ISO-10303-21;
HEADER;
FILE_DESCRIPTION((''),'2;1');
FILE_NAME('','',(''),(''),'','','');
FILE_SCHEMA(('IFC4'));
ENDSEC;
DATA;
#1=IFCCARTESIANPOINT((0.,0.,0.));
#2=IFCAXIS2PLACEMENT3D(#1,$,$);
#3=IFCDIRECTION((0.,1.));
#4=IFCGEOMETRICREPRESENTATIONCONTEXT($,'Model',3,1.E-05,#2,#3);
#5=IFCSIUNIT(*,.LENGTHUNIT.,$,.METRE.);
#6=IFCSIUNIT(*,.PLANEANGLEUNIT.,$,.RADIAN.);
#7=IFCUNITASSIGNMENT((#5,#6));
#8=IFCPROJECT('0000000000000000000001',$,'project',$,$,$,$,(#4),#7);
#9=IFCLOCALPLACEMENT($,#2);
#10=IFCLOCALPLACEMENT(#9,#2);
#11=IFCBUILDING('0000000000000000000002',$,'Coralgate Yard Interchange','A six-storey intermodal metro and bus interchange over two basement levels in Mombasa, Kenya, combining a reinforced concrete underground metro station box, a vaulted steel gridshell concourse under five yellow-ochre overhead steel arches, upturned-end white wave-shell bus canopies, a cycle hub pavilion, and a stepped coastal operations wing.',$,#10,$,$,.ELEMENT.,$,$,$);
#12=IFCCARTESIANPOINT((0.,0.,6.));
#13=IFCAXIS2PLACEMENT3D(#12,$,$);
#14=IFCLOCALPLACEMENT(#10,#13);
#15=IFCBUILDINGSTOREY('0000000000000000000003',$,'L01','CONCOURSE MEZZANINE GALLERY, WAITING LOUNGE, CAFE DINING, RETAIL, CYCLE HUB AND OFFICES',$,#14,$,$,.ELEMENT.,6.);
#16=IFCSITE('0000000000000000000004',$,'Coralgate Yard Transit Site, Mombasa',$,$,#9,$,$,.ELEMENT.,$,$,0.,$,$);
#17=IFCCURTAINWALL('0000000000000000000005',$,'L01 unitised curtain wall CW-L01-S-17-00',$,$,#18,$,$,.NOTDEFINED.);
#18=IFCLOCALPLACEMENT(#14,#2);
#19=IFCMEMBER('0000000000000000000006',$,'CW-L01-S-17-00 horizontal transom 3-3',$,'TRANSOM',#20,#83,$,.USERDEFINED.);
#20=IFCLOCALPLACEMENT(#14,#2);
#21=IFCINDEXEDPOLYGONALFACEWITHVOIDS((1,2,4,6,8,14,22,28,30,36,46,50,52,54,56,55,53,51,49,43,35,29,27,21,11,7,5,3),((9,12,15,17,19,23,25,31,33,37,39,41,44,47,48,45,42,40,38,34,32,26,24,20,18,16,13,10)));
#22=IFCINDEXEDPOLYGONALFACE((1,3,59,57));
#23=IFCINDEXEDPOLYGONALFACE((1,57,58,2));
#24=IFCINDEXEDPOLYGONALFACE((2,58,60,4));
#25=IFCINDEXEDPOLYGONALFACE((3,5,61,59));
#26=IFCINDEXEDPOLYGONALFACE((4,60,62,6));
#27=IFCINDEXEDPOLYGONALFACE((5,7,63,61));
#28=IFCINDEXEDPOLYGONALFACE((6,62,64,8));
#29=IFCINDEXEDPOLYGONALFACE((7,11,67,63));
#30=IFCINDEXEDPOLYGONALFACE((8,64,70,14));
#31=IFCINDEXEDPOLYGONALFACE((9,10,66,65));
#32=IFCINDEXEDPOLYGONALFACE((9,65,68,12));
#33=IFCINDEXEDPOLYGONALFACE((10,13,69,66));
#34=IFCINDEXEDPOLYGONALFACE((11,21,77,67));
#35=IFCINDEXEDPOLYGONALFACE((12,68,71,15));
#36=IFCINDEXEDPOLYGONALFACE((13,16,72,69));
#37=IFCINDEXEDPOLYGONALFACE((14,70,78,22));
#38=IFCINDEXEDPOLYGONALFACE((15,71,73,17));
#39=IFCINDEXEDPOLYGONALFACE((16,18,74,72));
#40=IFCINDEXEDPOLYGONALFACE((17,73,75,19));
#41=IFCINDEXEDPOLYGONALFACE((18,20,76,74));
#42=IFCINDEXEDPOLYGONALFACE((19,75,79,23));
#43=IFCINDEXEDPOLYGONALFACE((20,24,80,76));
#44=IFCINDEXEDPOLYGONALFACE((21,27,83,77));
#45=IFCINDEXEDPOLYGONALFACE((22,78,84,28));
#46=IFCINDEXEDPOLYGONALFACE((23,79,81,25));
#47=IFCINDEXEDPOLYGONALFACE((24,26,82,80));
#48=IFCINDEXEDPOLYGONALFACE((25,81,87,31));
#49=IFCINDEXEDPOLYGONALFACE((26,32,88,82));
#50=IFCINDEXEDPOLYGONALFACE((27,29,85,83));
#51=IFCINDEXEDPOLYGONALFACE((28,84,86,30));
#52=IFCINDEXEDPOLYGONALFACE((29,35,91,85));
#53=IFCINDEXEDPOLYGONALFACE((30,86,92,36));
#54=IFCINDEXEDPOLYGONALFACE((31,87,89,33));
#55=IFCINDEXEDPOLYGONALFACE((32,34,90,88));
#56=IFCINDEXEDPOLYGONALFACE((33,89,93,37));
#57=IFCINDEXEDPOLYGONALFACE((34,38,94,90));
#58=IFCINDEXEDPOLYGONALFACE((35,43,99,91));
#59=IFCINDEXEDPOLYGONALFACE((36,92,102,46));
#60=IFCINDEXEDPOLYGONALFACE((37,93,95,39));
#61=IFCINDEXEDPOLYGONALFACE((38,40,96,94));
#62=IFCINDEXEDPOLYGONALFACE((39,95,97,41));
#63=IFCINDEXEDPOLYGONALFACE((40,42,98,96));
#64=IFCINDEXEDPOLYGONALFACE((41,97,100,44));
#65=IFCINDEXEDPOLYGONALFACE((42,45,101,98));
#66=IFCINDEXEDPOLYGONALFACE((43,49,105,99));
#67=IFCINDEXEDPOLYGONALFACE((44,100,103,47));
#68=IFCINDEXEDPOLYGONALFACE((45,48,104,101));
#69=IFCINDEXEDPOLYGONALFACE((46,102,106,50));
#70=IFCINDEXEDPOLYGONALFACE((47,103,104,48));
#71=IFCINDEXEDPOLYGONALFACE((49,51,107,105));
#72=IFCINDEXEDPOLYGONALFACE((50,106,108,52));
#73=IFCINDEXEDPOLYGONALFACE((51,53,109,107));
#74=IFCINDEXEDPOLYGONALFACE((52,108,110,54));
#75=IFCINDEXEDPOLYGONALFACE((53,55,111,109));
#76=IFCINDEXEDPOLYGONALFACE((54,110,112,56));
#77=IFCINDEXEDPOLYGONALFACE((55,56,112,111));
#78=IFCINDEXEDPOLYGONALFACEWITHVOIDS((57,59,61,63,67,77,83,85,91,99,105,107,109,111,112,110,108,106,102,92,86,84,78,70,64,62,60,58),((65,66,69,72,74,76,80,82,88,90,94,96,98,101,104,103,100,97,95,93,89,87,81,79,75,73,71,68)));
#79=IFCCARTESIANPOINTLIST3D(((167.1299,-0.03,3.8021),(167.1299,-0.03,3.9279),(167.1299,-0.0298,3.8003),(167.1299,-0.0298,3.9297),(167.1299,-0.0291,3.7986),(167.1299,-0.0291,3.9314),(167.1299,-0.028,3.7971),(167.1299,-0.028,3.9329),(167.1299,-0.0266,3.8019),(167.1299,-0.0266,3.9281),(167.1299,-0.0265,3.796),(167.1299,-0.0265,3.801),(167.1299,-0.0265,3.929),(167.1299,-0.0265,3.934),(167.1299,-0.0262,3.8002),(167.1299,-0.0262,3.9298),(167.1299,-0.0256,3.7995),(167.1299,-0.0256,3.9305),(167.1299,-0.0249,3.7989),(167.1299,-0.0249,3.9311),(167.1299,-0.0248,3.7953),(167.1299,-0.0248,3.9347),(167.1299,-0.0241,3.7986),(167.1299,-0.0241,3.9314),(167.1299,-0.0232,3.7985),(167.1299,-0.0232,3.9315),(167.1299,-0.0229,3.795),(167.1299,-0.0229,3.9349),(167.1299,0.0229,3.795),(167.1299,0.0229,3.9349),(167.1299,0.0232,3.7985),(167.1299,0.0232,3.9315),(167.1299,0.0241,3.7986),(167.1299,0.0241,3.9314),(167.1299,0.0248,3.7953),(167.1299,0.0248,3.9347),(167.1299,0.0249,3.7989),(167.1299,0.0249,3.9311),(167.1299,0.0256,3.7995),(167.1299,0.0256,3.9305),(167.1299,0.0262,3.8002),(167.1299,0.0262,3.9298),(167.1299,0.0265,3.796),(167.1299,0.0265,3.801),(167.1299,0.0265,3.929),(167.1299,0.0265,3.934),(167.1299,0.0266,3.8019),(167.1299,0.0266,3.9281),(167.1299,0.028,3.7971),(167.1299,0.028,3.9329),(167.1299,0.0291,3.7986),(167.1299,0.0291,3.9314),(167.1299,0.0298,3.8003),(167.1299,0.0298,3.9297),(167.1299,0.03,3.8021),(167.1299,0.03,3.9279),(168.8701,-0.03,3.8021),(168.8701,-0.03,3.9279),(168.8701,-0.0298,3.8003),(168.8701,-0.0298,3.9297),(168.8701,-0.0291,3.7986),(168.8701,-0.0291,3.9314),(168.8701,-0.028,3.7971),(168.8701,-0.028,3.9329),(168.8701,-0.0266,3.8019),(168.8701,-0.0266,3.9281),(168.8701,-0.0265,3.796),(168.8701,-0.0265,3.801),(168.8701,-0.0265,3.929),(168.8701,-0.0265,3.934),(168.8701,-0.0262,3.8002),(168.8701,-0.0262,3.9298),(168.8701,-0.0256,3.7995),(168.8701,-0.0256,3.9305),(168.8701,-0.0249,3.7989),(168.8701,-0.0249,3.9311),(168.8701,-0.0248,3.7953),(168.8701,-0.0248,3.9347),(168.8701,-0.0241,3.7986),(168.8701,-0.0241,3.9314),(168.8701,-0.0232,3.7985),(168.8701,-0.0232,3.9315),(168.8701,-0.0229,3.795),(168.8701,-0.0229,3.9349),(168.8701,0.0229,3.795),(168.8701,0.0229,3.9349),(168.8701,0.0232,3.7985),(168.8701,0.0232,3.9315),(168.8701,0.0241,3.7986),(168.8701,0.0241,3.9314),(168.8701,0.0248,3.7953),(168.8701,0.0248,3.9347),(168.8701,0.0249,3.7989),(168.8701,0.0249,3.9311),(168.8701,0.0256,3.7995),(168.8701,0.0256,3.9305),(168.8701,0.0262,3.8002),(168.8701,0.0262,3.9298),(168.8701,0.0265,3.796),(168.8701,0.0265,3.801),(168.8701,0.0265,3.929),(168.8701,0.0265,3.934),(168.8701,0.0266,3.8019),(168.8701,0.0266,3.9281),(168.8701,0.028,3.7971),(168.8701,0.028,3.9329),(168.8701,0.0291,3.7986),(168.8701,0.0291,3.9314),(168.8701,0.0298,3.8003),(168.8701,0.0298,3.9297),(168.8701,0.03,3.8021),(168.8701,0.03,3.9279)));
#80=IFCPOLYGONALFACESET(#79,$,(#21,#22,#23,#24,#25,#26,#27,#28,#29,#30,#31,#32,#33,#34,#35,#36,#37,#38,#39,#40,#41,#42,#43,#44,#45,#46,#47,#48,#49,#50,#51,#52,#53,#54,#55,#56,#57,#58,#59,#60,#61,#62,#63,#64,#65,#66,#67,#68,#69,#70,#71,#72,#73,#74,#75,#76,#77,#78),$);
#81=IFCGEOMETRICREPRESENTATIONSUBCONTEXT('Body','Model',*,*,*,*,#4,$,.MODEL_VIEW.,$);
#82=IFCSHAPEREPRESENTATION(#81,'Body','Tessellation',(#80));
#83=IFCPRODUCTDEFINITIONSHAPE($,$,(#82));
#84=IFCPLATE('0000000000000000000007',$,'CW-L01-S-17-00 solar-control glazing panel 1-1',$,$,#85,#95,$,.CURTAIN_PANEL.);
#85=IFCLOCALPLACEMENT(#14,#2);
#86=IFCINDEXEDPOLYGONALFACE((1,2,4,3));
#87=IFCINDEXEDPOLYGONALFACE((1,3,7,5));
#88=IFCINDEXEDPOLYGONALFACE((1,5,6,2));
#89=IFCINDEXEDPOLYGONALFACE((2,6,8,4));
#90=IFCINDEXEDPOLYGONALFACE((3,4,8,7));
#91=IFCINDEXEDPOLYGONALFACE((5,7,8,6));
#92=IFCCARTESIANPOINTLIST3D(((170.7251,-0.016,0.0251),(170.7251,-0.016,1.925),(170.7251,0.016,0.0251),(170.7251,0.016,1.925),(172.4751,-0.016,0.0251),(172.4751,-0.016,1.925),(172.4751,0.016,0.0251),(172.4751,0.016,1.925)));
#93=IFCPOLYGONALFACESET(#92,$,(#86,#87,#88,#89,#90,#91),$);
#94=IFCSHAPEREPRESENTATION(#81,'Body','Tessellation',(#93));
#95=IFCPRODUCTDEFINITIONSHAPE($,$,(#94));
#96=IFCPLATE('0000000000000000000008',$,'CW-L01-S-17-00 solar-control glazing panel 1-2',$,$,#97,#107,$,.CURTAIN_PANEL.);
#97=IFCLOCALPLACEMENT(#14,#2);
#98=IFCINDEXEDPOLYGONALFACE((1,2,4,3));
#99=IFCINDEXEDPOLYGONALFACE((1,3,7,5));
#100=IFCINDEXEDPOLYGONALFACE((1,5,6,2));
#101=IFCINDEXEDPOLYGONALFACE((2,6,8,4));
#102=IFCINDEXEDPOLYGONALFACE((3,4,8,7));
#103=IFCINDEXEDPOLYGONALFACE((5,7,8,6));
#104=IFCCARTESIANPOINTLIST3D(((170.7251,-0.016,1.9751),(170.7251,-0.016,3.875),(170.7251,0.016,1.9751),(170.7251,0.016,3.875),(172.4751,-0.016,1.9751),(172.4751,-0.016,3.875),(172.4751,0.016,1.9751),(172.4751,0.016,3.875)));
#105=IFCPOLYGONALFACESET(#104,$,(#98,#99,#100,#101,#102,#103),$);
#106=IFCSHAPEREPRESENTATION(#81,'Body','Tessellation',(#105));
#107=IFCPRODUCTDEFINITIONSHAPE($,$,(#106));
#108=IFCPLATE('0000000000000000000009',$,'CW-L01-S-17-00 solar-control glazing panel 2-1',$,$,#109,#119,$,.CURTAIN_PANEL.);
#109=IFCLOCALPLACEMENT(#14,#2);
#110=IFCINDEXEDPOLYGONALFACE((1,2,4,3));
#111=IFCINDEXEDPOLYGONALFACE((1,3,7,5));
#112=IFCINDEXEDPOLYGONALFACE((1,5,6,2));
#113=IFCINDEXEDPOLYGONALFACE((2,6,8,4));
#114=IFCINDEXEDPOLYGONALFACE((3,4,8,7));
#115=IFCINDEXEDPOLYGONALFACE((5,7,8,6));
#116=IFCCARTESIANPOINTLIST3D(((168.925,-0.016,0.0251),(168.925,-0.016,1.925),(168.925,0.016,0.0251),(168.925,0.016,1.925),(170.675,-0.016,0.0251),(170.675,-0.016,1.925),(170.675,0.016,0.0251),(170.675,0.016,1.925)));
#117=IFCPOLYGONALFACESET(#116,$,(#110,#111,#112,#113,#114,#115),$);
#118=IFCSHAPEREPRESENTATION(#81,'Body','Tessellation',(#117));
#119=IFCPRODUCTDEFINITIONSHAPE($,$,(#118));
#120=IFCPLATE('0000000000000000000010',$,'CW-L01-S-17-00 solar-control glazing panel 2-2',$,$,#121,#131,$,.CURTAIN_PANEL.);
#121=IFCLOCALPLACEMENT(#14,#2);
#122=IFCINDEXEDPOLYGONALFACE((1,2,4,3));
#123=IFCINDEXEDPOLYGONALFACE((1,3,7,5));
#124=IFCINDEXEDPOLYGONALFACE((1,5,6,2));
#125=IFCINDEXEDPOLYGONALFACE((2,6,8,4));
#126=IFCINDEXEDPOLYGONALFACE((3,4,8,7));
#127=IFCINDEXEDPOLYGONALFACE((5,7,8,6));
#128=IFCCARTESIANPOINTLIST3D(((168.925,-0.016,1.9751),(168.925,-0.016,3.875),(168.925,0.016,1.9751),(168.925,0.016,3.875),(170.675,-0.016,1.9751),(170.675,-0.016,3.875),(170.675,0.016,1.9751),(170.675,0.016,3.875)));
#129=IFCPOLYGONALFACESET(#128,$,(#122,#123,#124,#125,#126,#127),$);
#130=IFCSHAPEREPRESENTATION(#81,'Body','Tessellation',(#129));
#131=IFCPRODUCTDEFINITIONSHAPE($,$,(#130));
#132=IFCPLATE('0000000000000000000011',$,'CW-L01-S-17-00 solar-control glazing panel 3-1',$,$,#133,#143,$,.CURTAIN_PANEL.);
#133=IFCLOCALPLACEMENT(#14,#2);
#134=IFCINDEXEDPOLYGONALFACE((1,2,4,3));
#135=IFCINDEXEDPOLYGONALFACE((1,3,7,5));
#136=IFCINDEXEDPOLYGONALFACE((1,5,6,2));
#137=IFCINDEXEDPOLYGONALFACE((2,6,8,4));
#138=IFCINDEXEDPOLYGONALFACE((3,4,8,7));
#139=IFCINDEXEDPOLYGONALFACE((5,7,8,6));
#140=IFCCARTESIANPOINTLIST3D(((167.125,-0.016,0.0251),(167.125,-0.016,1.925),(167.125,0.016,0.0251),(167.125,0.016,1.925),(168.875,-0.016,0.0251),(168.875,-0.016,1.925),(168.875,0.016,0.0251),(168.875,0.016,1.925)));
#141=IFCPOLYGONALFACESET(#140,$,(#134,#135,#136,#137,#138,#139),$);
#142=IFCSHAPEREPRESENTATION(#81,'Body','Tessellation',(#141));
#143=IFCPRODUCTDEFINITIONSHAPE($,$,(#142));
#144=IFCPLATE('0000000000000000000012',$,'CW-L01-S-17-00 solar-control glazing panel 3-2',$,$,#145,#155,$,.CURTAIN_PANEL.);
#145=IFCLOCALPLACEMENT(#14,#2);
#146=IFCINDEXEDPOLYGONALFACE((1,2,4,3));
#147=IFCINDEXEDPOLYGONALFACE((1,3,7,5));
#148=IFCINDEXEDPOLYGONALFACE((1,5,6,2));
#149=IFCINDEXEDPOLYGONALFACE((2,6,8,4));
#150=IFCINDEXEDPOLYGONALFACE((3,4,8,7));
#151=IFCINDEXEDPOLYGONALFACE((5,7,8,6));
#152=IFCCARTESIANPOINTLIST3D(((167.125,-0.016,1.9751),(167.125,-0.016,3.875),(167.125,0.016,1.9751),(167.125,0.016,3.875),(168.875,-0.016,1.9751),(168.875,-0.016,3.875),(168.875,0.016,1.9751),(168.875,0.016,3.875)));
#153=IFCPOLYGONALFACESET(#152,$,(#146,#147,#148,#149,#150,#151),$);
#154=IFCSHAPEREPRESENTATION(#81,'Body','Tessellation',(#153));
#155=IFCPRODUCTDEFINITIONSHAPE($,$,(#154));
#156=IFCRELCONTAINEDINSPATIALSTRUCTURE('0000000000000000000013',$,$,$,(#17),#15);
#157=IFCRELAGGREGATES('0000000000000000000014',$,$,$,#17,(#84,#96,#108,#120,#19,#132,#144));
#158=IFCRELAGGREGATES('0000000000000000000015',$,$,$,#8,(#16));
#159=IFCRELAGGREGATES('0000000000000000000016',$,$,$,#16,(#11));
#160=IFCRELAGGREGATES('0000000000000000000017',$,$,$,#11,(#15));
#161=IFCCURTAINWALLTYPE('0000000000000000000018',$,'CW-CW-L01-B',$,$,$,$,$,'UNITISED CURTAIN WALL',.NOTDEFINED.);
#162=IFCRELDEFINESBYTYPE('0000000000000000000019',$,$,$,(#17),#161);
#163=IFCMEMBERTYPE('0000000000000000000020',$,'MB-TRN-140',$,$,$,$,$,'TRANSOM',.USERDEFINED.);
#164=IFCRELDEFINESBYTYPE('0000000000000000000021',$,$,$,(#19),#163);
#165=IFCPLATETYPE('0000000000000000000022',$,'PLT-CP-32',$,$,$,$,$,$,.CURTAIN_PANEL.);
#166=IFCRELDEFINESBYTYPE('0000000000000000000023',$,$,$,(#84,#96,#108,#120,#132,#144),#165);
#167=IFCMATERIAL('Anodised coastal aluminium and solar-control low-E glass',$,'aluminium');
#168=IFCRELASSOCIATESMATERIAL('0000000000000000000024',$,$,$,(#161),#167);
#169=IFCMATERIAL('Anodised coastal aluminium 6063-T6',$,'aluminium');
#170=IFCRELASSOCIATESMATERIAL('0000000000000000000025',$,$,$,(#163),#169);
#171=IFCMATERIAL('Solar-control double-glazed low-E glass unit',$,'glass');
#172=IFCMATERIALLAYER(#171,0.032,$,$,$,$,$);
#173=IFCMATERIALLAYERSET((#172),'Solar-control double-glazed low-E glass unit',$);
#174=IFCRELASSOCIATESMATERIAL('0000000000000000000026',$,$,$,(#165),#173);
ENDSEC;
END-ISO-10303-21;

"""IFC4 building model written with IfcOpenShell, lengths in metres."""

from ifc_helpers import new_model, si_unit, direction, frame, origin, origin_2d, place, context, subcontext, project, spatial, rectangle, hollow_rectangle, extrude, material, layer, layer_set, material_profile, profile_set, type_object, element, aggregate, save


model = new_model("IFC4")

# Units and contexts
model_context = context("Model", 3, precision=1e-05, world=origin(), true_north=direction((0.0, 1.0)))
body_context = subcontext(model_context, "Body", "Model", "MODEL_VIEW")
ifc_project = project(units=[si_unit("LENGTHUNIT", "METRE"), si_unit("PLANEANGLEUNIT", "RADIAN")], contexts=[model_context])

# Site, building, storey
site_placement = place(None, origin())
site = spatial("IfcSite", under=ifc_project, at=site_placement, Name="Coralgate Yard Transit Site, Mombasa", CompositionType="ELEMENT", RefElevation=0.0)
building_placement = place(site_placement, origin())
building = spatial("IfcBuilding", under=site, at=building_placement, Name="Coralgate Yard Interchange", Description="A six-storey intermodal metro and bus interchange over two basement levels in Mombasa, Kenya, combining a reinforced concrete underground metro station box, a vaulted steel gridshell concourse under five yellow-ochre overhead steel arches, upturned-end white wave-shell bus canopies, a cycle hub pavilion, and a stepped coastal operations wing.", CompositionType="ELEMENT")
storey_placement = place(building_placement, frame((0.0, 0.0, 6.0)))
storey = spatial("IfcBuildingStorey", under=building, at=storey_placement, Name="L01", Description="CONCOURSE MEZZANINE GALLERY, WAITING LOUNGE, CAFE DINING, RETAIL, CYCLE HUB AND OFFICES", CompositionType="ELEMENT", Elevation=6.0)

# Curtain wall, member, plates
ifc_material_1 = material(Name="Anodised coastal aluminium and solar-control low-E glass", Category="aluminium")
curtain_wall_type = type_object("IfcCurtainWallType", Name="CW-CW-L01-B", ElementType="UNITISED CURTAIN WALL", PredefinedType="NOTDEFINED", material=ifc_material_1)
curtain_wall_placement = place(storey_placement, origin())
curtain_wall = element("IfcCurtainWall", 1, at=curtain_wall_placement, inside=storey, type_object=curtain_wall_type, Name="L01 unitised curtain wall CW-L01-S-17-00", PredefinedType="NOTDEFINED")
ifc_material_2 = material(Name="Anodised coastal aluminium 6063-T6", Category="aluminium")
ifc_material_profile_1 = material_profile(ifc_material_2, hollow_rectangle(XDim=0.0601, YDim=0.1399, WallThickness=0.0034, InnerFilletRadius=0.0034, OuterFilletRadius=0.0071, at=origin_2d()), Name="ALU 60x140x3.5")
ifc_profile_set_1 = profile_set([ifc_material_profile_1], Name="Anodised coastal aluminium 6063-T6")
member_type_1 = type_object("IfcMemberType", Name="MB-TRN-140", ElementType="TRANSOM", PredefinedType="USERDEFINED", material=ifc_profile_set_1)
member_1_placement = place(storey_placement, frame((168.8701, 0.0, 3.865), z_axis=(-1.0, 0.0, 0.0), x_axis=(0.0, -1.0, 0.0)))
member_1 = element("IfcMember", 2, at=member_1_placement, type_object=member_type_1, Name="CW-L01-S-17-00 horizontal transom 3-3", ObjectType="TRANSOM", PredefinedType="USERDEFINED", context=body_context, shape_type="SweptSolid", body=[
    extrude(hollow_rectangle(XDim=0.0601, YDim=0.1399, WallThickness=0.0034, InnerFilletRadius=0.0034, OuterFilletRadius=0.0071, at=origin_2d()), origin(), (0.0, 0.0, 1.0), 1.7402),
])
ifc_material_3 = material(Name="Solar-control double-glazed low-E glass unit", Category="glass")
ifc_layer = layer(ifc_material_3, 0.032)
ifc_layer_set = layer_set([ifc_layer], Name="Solar-control double-glazed low-E glass unit")
plate_type = type_object("IfcPlateType", Name="PLT-CP-32", PredefinedType="CURTAIN_PANEL", material=ifc_layer_set)
plate_1_placement = place(storey_placement, frame((171.6001, 0.0, 0.0251), z_axis=(0.0, 0.0, 1.0), x_axis=(-1.0, 0.0, 0.0)))
plate_1 = element("IfcPlate", 3, at=plate_1_placement, type_object=plate_type, Name="CW-L01-S-17-00 solar-control glazing panel 1-1", PredefinedType="CURTAIN_PANEL", context=body_context, shape_type="SweptSolid", body=[
    extrude(rectangle(XDim=1.75, YDim=0.032, at=origin_2d()), origin(), (0.0, 0.0, 1.0), 1.8999),
])
plate_2_placement = place(storey_placement, frame((171.6001, 0.0, 1.9751), z_axis=(0.0, 0.0, 1.0), x_axis=(-1.0, 0.0, 0.0)))
plate_2 = element("IfcPlate", 4, at=plate_2_placement, type_object=plate_type, Name="CW-L01-S-17-00 solar-control glazing panel 1-2", PredefinedType="CURTAIN_PANEL", context=body_context, shape_type="SweptSolid", body=[
    extrude(rectangle(XDim=1.75, YDim=0.032, at=origin_2d()), origin(), (0.0, 0.0, 1.0), 1.8999),
])
plate_3_placement = place(storey_placement, frame((169.8, 0.0, 0.0251), z_axis=(0.0, 0.0, 1.0), x_axis=(-1.0, 0.0, 0.0)))
plate_3 = element("IfcPlate", 5, at=plate_3_placement, type_object=plate_type, Name="CW-L01-S-17-00 solar-control glazing panel 2-1", PredefinedType="CURTAIN_PANEL", context=body_context, shape_type="SweptSolid", body=[
    extrude(rectangle(XDim=1.75, YDim=0.032, at=origin_2d()), origin(), (0.0, 0.0, 1.0), 1.8999),
])
plate_4_placement = place(storey_placement, frame((169.8, 0.0, 1.9751), z_axis=(0.0, 0.0, 1.0), x_axis=(-1.0, 0.0, 0.0)))
plate_4 = element("IfcPlate", 6, at=plate_4_placement, type_object=plate_type, Name="CW-L01-S-17-00 solar-control glazing panel 2-2", PredefinedType="CURTAIN_PANEL", context=body_context, shape_type="SweptSolid", body=[
    extrude(rectangle(XDim=1.75, YDim=0.032, at=origin_2d()), origin(), (0.0, 0.0, 1.0), 1.8999),
])
plate_5_placement = place(storey_placement, frame((168.0, 0.0, 0.0251), z_axis=(0.0, 0.0, 1.0), x_axis=(-1.0, 0.0, 0.0)))
plate_5 = element("IfcPlate", 7, at=plate_5_placement, type_object=plate_type, Name="CW-L01-S-17-00 solar-control glazing panel 3-1", PredefinedType="CURTAIN_PANEL", context=body_context, shape_type="SweptSolid", body=[
    extrude(rectangle(XDim=1.75, YDim=0.032, at=origin_2d()), origin(), (0.0, 0.0, 1.0), 1.8999),
])
plate_6_placement = place(storey_placement, frame((168.0, 0.0, 1.9751), z_axis=(0.0, 0.0, 1.0), x_axis=(-1.0, 0.0, 0.0)))
plate_6 = element("IfcPlate", 8, at=plate_6_placement, type_object=plate_type, Name="CW-L01-S-17-00 solar-control glazing panel 3-2", PredefinedType="CURTAIN_PANEL", context=body_context, shape_type="SweptSolid", body=[
    extrude(rectangle(XDim=1.75, YDim=0.032, at=origin_2d()), origin(), (0.0, 0.0, 1.0), 1.8999),
])
aggregate(curtain_wall, [plate_1, plate_2, plate_3, plate_4, member_1, plate_5, plate_6])

save(model, "model.ifc")
